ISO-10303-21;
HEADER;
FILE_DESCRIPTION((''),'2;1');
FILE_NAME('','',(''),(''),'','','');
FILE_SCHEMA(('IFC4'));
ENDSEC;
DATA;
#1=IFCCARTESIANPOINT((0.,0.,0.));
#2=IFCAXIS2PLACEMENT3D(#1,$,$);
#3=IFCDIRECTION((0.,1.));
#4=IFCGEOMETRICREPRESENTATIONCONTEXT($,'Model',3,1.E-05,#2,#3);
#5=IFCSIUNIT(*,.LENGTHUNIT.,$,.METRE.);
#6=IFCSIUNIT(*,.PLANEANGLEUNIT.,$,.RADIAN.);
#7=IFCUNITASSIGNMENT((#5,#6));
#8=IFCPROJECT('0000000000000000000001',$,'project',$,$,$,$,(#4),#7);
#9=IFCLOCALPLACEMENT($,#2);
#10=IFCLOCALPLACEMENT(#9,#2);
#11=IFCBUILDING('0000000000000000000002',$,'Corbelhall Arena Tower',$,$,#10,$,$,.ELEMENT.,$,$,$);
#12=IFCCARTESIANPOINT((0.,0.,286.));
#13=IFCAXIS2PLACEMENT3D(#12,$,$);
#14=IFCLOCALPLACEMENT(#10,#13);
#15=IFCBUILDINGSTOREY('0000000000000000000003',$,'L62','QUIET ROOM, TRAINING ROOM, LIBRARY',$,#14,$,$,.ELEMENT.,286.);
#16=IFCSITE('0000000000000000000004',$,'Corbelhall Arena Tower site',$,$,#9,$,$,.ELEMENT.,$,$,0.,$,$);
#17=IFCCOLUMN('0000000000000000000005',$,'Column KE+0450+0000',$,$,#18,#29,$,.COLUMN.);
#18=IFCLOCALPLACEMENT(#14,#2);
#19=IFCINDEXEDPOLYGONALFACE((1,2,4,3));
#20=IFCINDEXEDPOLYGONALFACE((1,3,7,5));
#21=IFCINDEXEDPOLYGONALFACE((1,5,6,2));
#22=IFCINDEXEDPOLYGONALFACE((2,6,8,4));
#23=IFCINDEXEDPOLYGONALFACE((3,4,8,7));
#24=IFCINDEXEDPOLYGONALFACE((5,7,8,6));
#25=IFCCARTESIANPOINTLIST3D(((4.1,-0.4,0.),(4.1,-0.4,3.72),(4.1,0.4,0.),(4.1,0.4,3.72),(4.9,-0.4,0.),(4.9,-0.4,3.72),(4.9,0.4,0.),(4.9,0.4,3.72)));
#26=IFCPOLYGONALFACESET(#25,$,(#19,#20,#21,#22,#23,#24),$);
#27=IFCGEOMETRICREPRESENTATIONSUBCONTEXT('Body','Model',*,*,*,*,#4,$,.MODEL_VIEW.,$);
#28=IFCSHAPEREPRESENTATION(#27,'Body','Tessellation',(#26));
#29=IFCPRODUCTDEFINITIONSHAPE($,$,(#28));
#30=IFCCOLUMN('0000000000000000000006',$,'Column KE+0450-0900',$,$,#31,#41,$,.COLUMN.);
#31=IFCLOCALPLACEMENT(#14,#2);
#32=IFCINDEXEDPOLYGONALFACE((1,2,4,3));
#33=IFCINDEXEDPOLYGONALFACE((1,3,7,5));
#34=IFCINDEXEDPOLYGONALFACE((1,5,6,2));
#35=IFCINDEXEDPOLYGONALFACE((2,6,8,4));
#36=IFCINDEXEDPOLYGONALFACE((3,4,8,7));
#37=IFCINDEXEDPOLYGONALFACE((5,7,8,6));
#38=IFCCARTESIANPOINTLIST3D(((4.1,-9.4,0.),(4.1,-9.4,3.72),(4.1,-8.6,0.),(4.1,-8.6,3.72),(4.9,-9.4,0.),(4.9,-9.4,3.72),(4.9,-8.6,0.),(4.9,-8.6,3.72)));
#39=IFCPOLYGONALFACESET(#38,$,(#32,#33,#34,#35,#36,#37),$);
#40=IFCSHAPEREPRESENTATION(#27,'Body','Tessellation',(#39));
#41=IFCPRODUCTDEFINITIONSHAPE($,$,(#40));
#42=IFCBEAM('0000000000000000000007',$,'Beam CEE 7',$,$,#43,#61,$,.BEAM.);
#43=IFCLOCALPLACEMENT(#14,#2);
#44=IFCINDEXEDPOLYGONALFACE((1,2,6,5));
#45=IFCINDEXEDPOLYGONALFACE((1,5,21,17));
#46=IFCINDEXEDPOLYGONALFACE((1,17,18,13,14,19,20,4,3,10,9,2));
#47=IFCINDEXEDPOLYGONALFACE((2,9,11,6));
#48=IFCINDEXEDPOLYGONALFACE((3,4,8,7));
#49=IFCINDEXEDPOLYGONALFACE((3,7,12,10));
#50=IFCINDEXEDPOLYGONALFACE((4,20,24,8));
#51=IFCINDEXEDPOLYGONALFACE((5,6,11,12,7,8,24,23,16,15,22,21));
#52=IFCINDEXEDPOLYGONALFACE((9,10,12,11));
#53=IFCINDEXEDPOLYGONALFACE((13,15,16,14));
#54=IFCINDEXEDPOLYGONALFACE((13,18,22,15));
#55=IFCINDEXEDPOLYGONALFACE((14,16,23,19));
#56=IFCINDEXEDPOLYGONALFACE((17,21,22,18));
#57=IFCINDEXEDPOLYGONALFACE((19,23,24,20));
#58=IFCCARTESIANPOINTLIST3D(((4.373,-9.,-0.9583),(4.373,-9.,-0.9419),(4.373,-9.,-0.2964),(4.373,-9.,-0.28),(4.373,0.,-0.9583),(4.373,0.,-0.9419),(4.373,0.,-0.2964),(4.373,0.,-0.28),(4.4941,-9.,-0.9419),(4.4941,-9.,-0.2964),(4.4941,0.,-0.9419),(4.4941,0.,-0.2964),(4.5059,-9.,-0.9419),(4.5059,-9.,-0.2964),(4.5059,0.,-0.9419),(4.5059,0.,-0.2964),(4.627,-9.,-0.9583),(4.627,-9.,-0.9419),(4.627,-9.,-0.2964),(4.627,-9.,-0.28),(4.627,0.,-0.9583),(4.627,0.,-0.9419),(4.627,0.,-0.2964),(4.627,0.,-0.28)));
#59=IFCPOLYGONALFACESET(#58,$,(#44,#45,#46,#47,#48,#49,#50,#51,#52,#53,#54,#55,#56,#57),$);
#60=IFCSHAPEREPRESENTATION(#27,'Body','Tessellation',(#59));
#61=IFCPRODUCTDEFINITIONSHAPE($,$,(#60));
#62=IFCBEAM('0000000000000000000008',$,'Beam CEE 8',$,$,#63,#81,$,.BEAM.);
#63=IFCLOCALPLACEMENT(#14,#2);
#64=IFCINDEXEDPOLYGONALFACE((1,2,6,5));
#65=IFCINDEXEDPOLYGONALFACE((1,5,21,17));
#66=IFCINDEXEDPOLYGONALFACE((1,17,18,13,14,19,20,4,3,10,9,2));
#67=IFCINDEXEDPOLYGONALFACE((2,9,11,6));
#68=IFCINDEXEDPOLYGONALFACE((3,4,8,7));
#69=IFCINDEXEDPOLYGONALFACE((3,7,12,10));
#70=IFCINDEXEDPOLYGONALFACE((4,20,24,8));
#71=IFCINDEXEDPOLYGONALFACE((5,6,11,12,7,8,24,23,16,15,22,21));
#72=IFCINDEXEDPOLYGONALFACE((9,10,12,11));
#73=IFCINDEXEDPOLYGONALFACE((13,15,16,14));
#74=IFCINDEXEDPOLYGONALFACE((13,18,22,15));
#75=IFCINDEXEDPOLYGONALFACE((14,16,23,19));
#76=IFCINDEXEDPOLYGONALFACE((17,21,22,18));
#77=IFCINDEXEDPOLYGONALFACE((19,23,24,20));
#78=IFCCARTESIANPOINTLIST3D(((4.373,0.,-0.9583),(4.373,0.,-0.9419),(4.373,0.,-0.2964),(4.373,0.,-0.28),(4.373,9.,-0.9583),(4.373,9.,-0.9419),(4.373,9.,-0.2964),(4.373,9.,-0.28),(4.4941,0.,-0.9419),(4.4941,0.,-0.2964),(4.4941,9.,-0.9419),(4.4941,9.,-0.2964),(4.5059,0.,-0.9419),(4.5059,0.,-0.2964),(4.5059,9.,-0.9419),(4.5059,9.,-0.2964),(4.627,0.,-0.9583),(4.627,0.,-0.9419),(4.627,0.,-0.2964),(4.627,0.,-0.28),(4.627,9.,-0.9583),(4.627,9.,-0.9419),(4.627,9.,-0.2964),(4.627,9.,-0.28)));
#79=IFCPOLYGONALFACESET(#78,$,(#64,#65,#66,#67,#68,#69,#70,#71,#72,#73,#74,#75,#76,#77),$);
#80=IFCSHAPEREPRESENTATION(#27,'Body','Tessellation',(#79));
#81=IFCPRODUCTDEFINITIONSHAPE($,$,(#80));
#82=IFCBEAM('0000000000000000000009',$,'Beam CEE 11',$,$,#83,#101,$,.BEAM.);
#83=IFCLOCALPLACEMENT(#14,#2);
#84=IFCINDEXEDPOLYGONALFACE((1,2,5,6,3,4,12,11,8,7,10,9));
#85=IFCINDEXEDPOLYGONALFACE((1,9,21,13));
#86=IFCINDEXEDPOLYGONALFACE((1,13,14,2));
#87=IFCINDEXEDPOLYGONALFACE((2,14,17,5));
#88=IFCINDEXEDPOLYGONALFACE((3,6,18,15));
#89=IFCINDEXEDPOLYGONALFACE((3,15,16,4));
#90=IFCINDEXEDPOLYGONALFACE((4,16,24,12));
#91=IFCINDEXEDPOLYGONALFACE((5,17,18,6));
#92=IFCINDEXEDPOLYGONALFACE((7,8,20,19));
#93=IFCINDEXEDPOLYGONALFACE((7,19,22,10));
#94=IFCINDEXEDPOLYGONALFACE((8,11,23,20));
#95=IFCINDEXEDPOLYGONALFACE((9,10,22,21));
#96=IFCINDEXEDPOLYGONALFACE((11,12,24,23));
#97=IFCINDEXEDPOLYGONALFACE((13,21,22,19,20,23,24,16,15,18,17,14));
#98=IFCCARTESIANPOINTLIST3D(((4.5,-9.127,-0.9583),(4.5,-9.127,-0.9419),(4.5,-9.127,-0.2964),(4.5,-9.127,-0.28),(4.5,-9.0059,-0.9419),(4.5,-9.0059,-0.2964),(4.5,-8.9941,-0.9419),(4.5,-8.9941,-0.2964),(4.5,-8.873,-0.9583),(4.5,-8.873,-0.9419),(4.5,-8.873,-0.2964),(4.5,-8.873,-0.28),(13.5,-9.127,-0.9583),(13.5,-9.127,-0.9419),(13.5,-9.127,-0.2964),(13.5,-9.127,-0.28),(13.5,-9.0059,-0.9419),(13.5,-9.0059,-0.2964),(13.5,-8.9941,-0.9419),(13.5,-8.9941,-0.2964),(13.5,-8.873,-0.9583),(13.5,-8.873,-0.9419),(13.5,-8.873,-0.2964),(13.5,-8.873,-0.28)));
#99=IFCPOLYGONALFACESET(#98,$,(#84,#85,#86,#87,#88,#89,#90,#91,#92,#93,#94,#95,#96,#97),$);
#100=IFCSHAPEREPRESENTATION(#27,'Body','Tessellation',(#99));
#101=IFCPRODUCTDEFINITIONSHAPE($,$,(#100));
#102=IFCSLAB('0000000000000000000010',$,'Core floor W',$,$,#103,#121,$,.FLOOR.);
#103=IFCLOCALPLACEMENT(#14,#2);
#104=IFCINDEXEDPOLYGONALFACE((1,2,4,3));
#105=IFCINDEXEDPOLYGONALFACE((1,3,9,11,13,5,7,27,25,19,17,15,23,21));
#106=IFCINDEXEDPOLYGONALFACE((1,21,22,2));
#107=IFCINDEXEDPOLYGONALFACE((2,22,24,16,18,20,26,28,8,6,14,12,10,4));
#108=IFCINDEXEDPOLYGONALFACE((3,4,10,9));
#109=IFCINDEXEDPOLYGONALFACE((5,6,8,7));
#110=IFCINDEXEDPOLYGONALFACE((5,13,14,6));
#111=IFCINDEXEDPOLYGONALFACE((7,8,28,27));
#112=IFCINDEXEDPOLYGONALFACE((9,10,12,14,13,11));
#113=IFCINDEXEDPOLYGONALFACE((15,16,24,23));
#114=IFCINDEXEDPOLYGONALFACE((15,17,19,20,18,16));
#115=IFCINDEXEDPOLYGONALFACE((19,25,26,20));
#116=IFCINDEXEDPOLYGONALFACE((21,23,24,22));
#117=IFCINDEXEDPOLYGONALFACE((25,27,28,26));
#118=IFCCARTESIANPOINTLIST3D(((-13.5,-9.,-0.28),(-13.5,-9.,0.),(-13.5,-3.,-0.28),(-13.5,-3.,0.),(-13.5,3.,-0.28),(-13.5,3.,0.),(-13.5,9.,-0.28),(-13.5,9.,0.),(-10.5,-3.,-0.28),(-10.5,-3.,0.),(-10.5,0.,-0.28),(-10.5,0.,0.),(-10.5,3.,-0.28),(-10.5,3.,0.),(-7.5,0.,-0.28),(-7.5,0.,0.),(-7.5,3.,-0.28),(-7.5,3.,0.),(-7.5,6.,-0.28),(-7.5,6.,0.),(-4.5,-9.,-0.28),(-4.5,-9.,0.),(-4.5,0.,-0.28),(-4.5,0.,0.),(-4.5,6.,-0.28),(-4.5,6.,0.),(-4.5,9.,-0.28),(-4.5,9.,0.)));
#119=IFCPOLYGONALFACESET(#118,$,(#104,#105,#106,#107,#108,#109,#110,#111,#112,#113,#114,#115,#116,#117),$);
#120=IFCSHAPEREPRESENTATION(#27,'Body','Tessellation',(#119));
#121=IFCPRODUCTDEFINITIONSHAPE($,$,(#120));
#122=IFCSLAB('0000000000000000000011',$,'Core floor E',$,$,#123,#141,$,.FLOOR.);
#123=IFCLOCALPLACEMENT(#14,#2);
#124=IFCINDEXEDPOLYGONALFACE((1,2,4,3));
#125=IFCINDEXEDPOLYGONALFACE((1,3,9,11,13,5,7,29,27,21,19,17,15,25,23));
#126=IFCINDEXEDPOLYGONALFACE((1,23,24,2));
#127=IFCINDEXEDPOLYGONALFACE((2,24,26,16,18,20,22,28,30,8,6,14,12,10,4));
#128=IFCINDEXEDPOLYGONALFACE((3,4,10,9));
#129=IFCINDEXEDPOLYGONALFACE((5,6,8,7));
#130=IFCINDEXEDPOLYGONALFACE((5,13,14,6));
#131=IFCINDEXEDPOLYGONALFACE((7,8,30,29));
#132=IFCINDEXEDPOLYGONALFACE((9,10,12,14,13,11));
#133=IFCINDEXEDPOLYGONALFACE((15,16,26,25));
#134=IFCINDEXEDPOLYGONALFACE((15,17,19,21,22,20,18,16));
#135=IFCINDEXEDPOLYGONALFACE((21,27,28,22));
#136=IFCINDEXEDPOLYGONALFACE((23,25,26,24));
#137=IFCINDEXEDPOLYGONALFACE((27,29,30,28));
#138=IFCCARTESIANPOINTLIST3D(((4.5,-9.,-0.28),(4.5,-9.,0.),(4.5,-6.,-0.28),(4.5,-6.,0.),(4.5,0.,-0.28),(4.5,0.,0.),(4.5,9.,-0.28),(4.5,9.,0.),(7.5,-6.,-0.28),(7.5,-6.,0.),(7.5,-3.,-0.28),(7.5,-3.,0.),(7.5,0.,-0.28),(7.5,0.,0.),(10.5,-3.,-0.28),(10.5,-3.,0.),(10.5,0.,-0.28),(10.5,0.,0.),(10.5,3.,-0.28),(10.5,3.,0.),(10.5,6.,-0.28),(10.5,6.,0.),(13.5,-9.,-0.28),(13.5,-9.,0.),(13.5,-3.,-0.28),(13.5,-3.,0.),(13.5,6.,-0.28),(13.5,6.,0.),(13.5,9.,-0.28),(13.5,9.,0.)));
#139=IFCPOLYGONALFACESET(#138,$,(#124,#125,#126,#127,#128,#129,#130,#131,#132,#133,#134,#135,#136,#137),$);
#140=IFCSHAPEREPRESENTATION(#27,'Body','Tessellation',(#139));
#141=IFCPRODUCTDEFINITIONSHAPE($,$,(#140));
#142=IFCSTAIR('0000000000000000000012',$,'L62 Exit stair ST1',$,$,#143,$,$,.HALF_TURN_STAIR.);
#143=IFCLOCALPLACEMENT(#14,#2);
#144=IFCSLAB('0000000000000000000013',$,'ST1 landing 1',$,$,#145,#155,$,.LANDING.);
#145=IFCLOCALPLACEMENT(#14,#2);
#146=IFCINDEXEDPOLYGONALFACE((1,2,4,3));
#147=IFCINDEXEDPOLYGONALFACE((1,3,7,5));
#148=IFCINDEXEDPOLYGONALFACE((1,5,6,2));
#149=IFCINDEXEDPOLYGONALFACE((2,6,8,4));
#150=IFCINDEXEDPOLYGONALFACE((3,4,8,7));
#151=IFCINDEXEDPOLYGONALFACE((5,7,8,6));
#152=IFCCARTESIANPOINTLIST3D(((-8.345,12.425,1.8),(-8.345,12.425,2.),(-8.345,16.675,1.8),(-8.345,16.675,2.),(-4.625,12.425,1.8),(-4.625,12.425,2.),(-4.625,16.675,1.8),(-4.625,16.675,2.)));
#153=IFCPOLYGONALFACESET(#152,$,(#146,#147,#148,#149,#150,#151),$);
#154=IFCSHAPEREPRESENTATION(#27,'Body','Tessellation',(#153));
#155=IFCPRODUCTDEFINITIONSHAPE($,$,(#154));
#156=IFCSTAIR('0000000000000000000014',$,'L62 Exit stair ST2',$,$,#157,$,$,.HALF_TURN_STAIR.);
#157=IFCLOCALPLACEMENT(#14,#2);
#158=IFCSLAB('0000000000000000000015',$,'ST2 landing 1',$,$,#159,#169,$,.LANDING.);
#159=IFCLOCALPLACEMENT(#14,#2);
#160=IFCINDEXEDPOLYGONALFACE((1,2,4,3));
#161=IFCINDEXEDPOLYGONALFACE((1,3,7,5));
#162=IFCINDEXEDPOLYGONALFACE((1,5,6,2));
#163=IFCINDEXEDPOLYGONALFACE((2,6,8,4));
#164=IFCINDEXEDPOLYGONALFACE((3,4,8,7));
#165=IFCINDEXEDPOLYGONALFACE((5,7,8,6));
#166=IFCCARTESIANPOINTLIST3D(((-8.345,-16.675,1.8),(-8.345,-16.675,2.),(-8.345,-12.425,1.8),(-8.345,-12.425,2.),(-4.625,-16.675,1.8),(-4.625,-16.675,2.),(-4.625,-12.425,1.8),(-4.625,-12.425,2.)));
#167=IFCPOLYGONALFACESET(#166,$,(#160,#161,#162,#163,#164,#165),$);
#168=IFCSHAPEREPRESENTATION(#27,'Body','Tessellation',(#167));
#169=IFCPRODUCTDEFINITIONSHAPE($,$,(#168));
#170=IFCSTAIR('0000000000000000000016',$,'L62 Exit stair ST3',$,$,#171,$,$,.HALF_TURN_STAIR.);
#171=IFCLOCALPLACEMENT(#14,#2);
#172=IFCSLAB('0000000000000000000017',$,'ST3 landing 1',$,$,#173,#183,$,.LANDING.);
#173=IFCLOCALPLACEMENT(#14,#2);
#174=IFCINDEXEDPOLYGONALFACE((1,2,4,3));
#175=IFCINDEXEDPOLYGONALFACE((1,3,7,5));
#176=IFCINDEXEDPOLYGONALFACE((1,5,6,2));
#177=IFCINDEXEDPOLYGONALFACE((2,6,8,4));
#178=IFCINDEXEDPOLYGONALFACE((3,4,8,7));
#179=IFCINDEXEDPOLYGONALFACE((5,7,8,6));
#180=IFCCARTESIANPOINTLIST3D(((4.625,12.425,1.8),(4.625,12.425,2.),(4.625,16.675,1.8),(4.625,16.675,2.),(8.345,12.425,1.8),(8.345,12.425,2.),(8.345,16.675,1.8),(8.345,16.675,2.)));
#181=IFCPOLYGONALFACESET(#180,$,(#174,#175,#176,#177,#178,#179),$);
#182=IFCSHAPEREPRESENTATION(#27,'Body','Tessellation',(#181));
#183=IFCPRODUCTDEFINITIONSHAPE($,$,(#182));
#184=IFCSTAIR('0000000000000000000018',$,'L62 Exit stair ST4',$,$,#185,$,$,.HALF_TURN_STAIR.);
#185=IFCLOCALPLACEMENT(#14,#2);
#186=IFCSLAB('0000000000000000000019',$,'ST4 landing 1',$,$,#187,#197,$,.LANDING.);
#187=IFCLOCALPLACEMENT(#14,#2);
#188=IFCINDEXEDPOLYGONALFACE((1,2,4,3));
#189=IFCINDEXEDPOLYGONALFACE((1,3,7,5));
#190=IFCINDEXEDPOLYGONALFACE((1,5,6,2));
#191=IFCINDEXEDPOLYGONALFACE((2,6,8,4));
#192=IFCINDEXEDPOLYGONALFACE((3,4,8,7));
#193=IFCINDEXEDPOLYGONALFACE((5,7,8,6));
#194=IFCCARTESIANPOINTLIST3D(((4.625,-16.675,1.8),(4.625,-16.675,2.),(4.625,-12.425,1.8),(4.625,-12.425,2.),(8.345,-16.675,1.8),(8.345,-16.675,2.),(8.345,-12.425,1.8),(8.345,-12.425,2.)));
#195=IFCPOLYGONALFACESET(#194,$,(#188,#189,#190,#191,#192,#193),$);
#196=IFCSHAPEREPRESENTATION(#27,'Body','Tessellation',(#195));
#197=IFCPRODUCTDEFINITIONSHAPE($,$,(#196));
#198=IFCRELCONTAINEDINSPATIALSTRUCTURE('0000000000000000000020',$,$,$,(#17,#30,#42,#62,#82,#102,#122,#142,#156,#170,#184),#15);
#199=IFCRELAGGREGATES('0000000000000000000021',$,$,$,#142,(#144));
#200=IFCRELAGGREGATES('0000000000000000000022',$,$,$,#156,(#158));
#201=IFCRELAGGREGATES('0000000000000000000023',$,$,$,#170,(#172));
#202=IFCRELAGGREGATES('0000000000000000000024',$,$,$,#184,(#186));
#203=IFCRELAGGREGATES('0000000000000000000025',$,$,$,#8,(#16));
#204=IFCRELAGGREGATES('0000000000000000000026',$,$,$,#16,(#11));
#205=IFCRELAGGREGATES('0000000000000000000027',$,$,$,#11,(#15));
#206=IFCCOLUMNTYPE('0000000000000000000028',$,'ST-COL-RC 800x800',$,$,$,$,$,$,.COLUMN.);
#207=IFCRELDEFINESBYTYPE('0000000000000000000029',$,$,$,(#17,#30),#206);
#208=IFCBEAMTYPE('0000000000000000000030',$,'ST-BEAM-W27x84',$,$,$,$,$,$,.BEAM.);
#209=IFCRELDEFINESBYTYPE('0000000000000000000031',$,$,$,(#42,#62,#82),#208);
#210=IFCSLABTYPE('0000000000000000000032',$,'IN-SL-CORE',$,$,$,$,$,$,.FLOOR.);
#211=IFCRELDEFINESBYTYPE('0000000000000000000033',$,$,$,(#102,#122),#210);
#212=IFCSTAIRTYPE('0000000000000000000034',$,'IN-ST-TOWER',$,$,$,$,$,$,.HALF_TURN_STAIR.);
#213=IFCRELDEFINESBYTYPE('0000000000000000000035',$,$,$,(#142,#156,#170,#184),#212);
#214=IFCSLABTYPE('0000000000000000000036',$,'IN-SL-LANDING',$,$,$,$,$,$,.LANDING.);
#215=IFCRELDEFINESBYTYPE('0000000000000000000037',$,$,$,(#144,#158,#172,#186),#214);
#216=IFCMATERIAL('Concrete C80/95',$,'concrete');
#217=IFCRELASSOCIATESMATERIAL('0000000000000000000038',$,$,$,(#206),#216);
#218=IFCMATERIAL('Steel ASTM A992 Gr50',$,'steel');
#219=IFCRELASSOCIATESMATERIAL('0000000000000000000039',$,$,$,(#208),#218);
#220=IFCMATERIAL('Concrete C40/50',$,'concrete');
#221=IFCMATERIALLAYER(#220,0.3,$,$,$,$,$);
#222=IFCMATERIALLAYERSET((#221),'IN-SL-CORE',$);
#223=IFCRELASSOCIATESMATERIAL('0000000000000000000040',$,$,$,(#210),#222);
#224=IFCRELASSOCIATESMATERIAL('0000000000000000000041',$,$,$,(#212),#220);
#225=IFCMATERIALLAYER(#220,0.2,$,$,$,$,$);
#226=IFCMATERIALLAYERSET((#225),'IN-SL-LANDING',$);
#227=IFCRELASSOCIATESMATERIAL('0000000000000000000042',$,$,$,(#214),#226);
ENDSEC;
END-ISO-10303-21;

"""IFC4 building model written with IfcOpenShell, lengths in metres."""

from ifc_helpers import new_model, si_unit, direction, frame, origin, origin_2d, place, context, subcontext, project, spatial, polyline, rectangle, i_section, outline, extrude, material, layer, layer_set, material_profile, profile_set, type_object, element, aggregate, save


model = new_model("IFC4")

# Units and contexts
model_context = context("Model", 3, precision=1e-05, world=origin(), true_north=direction((0.0, 1.0)))
body_context = subcontext(model_context, "Body", "Model", "MODEL_VIEW")
ifc_project = project(units=[si_unit("LENGTHUNIT", "METRE"), si_unit("PLANEANGLEUNIT", "RADIAN")], contexts=[model_context])

# Site, building, storey
site_placement = place(None, origin())
site = spatial("IfcSite", under=ifc_project, at=site_placement, Name="Corbelhall Arena Tower site", CompositionType="ELEMENT", RefElevation=0.0)
building_placement = place(site_placement, origin())
building = spatial("IfcBuilding", under=site, at=building_placement, Name="Corbelhall Arena Tower", CompositionType="ELEMENT")
storey_placement = place(building_placement, frame((0.0, 0.0, 286.0)))
storey = spatial("IfcBuildingStorey", under=building, at=storey_placement, Name="L62", Description="QUIET ROOM, TRAINING ROOM, LIBRARY", CompositionType="ELEMENT", Elevation=286.0)

# Columns
ifc_material_1 = material(Name="Concrete C80/95", Category="concrete")
ifc_material_profile_1 = material_profile(ifc_material_1, rectangle(XDim=0.8, YDim=0.8, at=origin_2d()))
ifc_profile_set_1 = profile_set([ifc_material_profile_1], Name="Concrete C80/95")
column_type = type_object("IfcColumnType", Name="ST-COL-RC 800x800", PredefinedType="COLUMN", material=ifc_profile_set_1)
for number, where, z_axis, x_axis, name in (
    (1, (4.5, 0.0, 0.0), (0.0, 0.0, 1.0), (1.0, 0.0, 0.0), "Column KE+0450+0000"),
    (2, (4.5, -9.0, 0.0), (0.0, 0.0, 1.0), (1.0, 0.0, 0.0), "Column KE+0450-0900"),
):
    element("IfcColumn", number, at=place(storey_placement, frame(where, z_axis=z_axis, x_axis=x_axis)), inside=storey, type_object=column_type, Name=name, PredefinedType="COLUMN", context=body_context, shape_type="SweptSolid", body=[
        extrude(rectangle(XDim=0.8, YDim=0.8, at=origin_2d()), origin(), (0.0, 0.0, 1.0), 3.72),
    ])

# Beams
ifc_material_2 = material(Name="Steel ASTM A992 Gr50", Category="steel")
ifc_material_profile_2 = material_profile(ifc_material_2, i_section(OverallWidth=0.2539, OverallDepth=0.6782, WebThickness=0.0117, FlangeThickness=0.0164, at=origin_2d()))
ifc_profile_set_2 = profile_set([ifc_material_profile_2], Name="Steel ASTM A992 Gr50")
beam_type = type_object("IfcBeamType", Name="ST-BEAM-W27x84", PredefinedType="BEAM", material=ifc_profile_set_2)
for number, where, z_axis, x_axis, name in (
    (3, (4.5, -9.0, -0.6191), (0.0, 1.0, 0.0), (-1.0, 0.0, 0.0), "Beam CEE 7"),
    (4, (4.5, 0.0, -0.6191), (0.0, 1.0, 0.0), (-1.0, 0.0, 0.0), "Beam CEE 8"),
    (5, (4.5, -9.0, -0.6191), (1.0, 0.0, 0.0), (0.0, 1.0, 0.0), "Beam CEE 11"),
):
    element("IfcBeam", number, at=place(storey_placement, frame(where, z_axis=z_axis, x_axis=x_axis)), inside=storey, type_object=beam_type, Name=name, PredefinedType="BEAM", context=body_context, shape_type="SweptSolid", body=[
        extrude(i_section(OverallWidth=0.2539, OverallDepth=0.6782, WebThickness=0.0117, FlangeThickness=0.0164, at=origin_2d()), origin(), (0.0, 0.0, 1.0), 9.0),
    ])

# Slabs
ifc_material_3 = material(Name="Concrete C40/50", Category="concrete")
ifc_layer_1 = layer(ifc_material_3, 0.3)
ifc_layer_set_1 = layer_set([ifc_layer_1], Name="IN-SL-CORE")
slab_type_1 = type_object("IfcSlabType", Name="IN-SL-CORE", PredefinedType="FLOOR", material=ifc_layer_set_1)
slab_1_placement = place(storey_placement, frame((0.0, 0.0, -0.28)))
element("IfcSlab", 6, at=slab_1_placement, inside=storey, type_object=slab_type_1, Name="Core floor W", PredefinedType="FLOOR", context=body_context, shape_type="SweptSolid", body=[
    extrude(outline(polyline([(-10.5, -3.0), (-13.5, -3.0), (-13.5, -9.0), (-4.5, -9.0), (-4.5, 0.0), (-7.5, 0.0), (-7.5, 3.0), (-7.5, 6.0), (-4.5, 6.0), (-4.5, 9.0), (-13.5, 9.0), (-13.5, 3.0), (-10.5, 3.0), (-10.5, 0.0), (-10.5, -3.0)])), origin(), (0.0, 0.0, 1.0), 0.28),
])
slab_2_placement = place(storey_placement, frame((0.0, 0.0, -0.28)))
element("IfcSlab", 7, at=slab_2_placement, inside=storey, type_object=slab_type_1, Name="Core floor E", PredefinedType="FLOOR", context=body_context, shape_type="SweptSolid", body=[
    extrude(outline(polyline([(13.5, -3.0), (10.5, -3.0), (10.5, 0.0), (10.5, 3.0), (10.5, 6.0), (13.5, 6.0), (13.5, 9.0), (4.5, 9.0), (4.5, 0.0), (7.5, 0.0), (7.5, -3.0), (7.5, -6.0), (4.5, -6.0), (4.5, -9.0), (13.5, -9.0), (13.5, -3.0)])), origin(), (0.0, 0.0, 1.0), 0.28),
])

# Stairs, slabs
stair_type = type_object("IfcStairType", Name="IN-ST-TOWER", PredefinedType="HALF_TURN_STAIR", material=ifc_material_3)
stair_1_placement = place(storey_placement, origin())
stair_1 = element("IfcStair", 8, at=stair_1_placement, inside=storey, type_object=stair_type, Name="L62 Exit stair ST1", PredefinedType="HALF_TURN_STAIR")
ifc_layer_2 = layer(ifc_material_3, 0.2)
ifc_layer_set_2 = layer_set([ifc_layer_2], Name="IN-SL-LANDING")
slab_type_2 = type_object("IfcSlabType", Name="IN-SL-LANDING", PredefinedType="LANDING", material=ifc_layer_set_2)
slab_3_placement = place(storey_placement, frame((0.0, 0.0, 1.8)))
slab_3 = element("IfcSlab", 9, at=slab_3_placement, type_object=slab_type_2, Name="ST1 landing 1", PredefinedType="LANDING", context=body_context, shape_type="SweptSolid", body=[
    extrude(outline(polyline([(-8.345, 12.425), (-4.625, 12.425), (-4.625, 16.675), (-8.345, 16.675), (-8.345, 12.425)])), origin(), (0.0, 0.0, 1.0), 0.2),
])
aggregate(stair_1, [slab_3])
stair_2_placement = place(storey_placement, origin())
stair_2 = element("IfcStair", 10, at=stair_2_placement, inside=storey, type_object=stair_type, Name="L62 Exit stair ST2", PredefinedType="HALF_TURN_STAIR")
slab_4_placement = place(storey_placement, frame((0.0, 0.0, 1.8)))
slab_4 = element("IfcSlab", 11, at=slab_4_placement, type_object=slab_type_2, Name="ST2 landing 1", PredefinedType="LANDING", context=body_context, shape_type="SweptSolid", body=[
    extrude(outline(polyline([(-8.345, -16.675), (-4.625, -16.675), (-4.625, -12.425), (-8.345, -12.425), (-8.345, -16.675)])), origin(), (0.0, 0.0, 1.0), 0.2),
])
aggregate(stair_2, [slab_4])
stair_3_placement = place(storey_placement, origin())
stair_3 = element("IfcStair", 12, at=stair_3_placement, inside=storey, type_object=stair_type, Name="L62 Exit stair ST3", PredefinedType="HALF_TURN_STAIR")
slab_5_placement = place(storey_placement, frame((0.0, 0.0, 1.8)))
slab_5 = element("IfcSlab", 13, at=slab_5_placement, type_object=slab_type_2, Name="ST3 landing 1", PredefinedType="LANDING", context=body_context, shape_type="SweptSolid", body=[
    extrude(outline(polyline([(8.345, 16.675), (4.625, 16.675), (4.625, 12.425), (8.345, 12.425), (8.345, 16.675)])), origin(), (0.0, 0.0, 1.0), 0.2),
])
aggregate(stair_3, [slab_5])
stair_4_placement = place(storey_placement, origin())
stair_4 = element("IfcStair", 14, at=stair_4_placement, inside=storey, type_object=stair_type, Name="L62 Exit stair ST4", PredefinedType="HALF_TURN_STAIR")
slab_6_placement = place(storey_placement, frame((0.0, 0.0, 1.8)))
slab_6 = element("IfcSlab", 15, at=slab_6_placement, type_object=slab_type_2, Name="ST4 landing 1", PredefinedType="LANDING", context=body_context, shape_type="SweptSolid", body=[
    extrude(outline(polyline([(8.345, -12.425), (4.625, -12.425), (4.625, -16.675), (8.345, -16.675), (8.345, -12.425)])), origin(), (0.0, 0.0, 1.0), 0.2),
])
aggregate(stair_4, [slab_6])

save(model, "model.ifc")
